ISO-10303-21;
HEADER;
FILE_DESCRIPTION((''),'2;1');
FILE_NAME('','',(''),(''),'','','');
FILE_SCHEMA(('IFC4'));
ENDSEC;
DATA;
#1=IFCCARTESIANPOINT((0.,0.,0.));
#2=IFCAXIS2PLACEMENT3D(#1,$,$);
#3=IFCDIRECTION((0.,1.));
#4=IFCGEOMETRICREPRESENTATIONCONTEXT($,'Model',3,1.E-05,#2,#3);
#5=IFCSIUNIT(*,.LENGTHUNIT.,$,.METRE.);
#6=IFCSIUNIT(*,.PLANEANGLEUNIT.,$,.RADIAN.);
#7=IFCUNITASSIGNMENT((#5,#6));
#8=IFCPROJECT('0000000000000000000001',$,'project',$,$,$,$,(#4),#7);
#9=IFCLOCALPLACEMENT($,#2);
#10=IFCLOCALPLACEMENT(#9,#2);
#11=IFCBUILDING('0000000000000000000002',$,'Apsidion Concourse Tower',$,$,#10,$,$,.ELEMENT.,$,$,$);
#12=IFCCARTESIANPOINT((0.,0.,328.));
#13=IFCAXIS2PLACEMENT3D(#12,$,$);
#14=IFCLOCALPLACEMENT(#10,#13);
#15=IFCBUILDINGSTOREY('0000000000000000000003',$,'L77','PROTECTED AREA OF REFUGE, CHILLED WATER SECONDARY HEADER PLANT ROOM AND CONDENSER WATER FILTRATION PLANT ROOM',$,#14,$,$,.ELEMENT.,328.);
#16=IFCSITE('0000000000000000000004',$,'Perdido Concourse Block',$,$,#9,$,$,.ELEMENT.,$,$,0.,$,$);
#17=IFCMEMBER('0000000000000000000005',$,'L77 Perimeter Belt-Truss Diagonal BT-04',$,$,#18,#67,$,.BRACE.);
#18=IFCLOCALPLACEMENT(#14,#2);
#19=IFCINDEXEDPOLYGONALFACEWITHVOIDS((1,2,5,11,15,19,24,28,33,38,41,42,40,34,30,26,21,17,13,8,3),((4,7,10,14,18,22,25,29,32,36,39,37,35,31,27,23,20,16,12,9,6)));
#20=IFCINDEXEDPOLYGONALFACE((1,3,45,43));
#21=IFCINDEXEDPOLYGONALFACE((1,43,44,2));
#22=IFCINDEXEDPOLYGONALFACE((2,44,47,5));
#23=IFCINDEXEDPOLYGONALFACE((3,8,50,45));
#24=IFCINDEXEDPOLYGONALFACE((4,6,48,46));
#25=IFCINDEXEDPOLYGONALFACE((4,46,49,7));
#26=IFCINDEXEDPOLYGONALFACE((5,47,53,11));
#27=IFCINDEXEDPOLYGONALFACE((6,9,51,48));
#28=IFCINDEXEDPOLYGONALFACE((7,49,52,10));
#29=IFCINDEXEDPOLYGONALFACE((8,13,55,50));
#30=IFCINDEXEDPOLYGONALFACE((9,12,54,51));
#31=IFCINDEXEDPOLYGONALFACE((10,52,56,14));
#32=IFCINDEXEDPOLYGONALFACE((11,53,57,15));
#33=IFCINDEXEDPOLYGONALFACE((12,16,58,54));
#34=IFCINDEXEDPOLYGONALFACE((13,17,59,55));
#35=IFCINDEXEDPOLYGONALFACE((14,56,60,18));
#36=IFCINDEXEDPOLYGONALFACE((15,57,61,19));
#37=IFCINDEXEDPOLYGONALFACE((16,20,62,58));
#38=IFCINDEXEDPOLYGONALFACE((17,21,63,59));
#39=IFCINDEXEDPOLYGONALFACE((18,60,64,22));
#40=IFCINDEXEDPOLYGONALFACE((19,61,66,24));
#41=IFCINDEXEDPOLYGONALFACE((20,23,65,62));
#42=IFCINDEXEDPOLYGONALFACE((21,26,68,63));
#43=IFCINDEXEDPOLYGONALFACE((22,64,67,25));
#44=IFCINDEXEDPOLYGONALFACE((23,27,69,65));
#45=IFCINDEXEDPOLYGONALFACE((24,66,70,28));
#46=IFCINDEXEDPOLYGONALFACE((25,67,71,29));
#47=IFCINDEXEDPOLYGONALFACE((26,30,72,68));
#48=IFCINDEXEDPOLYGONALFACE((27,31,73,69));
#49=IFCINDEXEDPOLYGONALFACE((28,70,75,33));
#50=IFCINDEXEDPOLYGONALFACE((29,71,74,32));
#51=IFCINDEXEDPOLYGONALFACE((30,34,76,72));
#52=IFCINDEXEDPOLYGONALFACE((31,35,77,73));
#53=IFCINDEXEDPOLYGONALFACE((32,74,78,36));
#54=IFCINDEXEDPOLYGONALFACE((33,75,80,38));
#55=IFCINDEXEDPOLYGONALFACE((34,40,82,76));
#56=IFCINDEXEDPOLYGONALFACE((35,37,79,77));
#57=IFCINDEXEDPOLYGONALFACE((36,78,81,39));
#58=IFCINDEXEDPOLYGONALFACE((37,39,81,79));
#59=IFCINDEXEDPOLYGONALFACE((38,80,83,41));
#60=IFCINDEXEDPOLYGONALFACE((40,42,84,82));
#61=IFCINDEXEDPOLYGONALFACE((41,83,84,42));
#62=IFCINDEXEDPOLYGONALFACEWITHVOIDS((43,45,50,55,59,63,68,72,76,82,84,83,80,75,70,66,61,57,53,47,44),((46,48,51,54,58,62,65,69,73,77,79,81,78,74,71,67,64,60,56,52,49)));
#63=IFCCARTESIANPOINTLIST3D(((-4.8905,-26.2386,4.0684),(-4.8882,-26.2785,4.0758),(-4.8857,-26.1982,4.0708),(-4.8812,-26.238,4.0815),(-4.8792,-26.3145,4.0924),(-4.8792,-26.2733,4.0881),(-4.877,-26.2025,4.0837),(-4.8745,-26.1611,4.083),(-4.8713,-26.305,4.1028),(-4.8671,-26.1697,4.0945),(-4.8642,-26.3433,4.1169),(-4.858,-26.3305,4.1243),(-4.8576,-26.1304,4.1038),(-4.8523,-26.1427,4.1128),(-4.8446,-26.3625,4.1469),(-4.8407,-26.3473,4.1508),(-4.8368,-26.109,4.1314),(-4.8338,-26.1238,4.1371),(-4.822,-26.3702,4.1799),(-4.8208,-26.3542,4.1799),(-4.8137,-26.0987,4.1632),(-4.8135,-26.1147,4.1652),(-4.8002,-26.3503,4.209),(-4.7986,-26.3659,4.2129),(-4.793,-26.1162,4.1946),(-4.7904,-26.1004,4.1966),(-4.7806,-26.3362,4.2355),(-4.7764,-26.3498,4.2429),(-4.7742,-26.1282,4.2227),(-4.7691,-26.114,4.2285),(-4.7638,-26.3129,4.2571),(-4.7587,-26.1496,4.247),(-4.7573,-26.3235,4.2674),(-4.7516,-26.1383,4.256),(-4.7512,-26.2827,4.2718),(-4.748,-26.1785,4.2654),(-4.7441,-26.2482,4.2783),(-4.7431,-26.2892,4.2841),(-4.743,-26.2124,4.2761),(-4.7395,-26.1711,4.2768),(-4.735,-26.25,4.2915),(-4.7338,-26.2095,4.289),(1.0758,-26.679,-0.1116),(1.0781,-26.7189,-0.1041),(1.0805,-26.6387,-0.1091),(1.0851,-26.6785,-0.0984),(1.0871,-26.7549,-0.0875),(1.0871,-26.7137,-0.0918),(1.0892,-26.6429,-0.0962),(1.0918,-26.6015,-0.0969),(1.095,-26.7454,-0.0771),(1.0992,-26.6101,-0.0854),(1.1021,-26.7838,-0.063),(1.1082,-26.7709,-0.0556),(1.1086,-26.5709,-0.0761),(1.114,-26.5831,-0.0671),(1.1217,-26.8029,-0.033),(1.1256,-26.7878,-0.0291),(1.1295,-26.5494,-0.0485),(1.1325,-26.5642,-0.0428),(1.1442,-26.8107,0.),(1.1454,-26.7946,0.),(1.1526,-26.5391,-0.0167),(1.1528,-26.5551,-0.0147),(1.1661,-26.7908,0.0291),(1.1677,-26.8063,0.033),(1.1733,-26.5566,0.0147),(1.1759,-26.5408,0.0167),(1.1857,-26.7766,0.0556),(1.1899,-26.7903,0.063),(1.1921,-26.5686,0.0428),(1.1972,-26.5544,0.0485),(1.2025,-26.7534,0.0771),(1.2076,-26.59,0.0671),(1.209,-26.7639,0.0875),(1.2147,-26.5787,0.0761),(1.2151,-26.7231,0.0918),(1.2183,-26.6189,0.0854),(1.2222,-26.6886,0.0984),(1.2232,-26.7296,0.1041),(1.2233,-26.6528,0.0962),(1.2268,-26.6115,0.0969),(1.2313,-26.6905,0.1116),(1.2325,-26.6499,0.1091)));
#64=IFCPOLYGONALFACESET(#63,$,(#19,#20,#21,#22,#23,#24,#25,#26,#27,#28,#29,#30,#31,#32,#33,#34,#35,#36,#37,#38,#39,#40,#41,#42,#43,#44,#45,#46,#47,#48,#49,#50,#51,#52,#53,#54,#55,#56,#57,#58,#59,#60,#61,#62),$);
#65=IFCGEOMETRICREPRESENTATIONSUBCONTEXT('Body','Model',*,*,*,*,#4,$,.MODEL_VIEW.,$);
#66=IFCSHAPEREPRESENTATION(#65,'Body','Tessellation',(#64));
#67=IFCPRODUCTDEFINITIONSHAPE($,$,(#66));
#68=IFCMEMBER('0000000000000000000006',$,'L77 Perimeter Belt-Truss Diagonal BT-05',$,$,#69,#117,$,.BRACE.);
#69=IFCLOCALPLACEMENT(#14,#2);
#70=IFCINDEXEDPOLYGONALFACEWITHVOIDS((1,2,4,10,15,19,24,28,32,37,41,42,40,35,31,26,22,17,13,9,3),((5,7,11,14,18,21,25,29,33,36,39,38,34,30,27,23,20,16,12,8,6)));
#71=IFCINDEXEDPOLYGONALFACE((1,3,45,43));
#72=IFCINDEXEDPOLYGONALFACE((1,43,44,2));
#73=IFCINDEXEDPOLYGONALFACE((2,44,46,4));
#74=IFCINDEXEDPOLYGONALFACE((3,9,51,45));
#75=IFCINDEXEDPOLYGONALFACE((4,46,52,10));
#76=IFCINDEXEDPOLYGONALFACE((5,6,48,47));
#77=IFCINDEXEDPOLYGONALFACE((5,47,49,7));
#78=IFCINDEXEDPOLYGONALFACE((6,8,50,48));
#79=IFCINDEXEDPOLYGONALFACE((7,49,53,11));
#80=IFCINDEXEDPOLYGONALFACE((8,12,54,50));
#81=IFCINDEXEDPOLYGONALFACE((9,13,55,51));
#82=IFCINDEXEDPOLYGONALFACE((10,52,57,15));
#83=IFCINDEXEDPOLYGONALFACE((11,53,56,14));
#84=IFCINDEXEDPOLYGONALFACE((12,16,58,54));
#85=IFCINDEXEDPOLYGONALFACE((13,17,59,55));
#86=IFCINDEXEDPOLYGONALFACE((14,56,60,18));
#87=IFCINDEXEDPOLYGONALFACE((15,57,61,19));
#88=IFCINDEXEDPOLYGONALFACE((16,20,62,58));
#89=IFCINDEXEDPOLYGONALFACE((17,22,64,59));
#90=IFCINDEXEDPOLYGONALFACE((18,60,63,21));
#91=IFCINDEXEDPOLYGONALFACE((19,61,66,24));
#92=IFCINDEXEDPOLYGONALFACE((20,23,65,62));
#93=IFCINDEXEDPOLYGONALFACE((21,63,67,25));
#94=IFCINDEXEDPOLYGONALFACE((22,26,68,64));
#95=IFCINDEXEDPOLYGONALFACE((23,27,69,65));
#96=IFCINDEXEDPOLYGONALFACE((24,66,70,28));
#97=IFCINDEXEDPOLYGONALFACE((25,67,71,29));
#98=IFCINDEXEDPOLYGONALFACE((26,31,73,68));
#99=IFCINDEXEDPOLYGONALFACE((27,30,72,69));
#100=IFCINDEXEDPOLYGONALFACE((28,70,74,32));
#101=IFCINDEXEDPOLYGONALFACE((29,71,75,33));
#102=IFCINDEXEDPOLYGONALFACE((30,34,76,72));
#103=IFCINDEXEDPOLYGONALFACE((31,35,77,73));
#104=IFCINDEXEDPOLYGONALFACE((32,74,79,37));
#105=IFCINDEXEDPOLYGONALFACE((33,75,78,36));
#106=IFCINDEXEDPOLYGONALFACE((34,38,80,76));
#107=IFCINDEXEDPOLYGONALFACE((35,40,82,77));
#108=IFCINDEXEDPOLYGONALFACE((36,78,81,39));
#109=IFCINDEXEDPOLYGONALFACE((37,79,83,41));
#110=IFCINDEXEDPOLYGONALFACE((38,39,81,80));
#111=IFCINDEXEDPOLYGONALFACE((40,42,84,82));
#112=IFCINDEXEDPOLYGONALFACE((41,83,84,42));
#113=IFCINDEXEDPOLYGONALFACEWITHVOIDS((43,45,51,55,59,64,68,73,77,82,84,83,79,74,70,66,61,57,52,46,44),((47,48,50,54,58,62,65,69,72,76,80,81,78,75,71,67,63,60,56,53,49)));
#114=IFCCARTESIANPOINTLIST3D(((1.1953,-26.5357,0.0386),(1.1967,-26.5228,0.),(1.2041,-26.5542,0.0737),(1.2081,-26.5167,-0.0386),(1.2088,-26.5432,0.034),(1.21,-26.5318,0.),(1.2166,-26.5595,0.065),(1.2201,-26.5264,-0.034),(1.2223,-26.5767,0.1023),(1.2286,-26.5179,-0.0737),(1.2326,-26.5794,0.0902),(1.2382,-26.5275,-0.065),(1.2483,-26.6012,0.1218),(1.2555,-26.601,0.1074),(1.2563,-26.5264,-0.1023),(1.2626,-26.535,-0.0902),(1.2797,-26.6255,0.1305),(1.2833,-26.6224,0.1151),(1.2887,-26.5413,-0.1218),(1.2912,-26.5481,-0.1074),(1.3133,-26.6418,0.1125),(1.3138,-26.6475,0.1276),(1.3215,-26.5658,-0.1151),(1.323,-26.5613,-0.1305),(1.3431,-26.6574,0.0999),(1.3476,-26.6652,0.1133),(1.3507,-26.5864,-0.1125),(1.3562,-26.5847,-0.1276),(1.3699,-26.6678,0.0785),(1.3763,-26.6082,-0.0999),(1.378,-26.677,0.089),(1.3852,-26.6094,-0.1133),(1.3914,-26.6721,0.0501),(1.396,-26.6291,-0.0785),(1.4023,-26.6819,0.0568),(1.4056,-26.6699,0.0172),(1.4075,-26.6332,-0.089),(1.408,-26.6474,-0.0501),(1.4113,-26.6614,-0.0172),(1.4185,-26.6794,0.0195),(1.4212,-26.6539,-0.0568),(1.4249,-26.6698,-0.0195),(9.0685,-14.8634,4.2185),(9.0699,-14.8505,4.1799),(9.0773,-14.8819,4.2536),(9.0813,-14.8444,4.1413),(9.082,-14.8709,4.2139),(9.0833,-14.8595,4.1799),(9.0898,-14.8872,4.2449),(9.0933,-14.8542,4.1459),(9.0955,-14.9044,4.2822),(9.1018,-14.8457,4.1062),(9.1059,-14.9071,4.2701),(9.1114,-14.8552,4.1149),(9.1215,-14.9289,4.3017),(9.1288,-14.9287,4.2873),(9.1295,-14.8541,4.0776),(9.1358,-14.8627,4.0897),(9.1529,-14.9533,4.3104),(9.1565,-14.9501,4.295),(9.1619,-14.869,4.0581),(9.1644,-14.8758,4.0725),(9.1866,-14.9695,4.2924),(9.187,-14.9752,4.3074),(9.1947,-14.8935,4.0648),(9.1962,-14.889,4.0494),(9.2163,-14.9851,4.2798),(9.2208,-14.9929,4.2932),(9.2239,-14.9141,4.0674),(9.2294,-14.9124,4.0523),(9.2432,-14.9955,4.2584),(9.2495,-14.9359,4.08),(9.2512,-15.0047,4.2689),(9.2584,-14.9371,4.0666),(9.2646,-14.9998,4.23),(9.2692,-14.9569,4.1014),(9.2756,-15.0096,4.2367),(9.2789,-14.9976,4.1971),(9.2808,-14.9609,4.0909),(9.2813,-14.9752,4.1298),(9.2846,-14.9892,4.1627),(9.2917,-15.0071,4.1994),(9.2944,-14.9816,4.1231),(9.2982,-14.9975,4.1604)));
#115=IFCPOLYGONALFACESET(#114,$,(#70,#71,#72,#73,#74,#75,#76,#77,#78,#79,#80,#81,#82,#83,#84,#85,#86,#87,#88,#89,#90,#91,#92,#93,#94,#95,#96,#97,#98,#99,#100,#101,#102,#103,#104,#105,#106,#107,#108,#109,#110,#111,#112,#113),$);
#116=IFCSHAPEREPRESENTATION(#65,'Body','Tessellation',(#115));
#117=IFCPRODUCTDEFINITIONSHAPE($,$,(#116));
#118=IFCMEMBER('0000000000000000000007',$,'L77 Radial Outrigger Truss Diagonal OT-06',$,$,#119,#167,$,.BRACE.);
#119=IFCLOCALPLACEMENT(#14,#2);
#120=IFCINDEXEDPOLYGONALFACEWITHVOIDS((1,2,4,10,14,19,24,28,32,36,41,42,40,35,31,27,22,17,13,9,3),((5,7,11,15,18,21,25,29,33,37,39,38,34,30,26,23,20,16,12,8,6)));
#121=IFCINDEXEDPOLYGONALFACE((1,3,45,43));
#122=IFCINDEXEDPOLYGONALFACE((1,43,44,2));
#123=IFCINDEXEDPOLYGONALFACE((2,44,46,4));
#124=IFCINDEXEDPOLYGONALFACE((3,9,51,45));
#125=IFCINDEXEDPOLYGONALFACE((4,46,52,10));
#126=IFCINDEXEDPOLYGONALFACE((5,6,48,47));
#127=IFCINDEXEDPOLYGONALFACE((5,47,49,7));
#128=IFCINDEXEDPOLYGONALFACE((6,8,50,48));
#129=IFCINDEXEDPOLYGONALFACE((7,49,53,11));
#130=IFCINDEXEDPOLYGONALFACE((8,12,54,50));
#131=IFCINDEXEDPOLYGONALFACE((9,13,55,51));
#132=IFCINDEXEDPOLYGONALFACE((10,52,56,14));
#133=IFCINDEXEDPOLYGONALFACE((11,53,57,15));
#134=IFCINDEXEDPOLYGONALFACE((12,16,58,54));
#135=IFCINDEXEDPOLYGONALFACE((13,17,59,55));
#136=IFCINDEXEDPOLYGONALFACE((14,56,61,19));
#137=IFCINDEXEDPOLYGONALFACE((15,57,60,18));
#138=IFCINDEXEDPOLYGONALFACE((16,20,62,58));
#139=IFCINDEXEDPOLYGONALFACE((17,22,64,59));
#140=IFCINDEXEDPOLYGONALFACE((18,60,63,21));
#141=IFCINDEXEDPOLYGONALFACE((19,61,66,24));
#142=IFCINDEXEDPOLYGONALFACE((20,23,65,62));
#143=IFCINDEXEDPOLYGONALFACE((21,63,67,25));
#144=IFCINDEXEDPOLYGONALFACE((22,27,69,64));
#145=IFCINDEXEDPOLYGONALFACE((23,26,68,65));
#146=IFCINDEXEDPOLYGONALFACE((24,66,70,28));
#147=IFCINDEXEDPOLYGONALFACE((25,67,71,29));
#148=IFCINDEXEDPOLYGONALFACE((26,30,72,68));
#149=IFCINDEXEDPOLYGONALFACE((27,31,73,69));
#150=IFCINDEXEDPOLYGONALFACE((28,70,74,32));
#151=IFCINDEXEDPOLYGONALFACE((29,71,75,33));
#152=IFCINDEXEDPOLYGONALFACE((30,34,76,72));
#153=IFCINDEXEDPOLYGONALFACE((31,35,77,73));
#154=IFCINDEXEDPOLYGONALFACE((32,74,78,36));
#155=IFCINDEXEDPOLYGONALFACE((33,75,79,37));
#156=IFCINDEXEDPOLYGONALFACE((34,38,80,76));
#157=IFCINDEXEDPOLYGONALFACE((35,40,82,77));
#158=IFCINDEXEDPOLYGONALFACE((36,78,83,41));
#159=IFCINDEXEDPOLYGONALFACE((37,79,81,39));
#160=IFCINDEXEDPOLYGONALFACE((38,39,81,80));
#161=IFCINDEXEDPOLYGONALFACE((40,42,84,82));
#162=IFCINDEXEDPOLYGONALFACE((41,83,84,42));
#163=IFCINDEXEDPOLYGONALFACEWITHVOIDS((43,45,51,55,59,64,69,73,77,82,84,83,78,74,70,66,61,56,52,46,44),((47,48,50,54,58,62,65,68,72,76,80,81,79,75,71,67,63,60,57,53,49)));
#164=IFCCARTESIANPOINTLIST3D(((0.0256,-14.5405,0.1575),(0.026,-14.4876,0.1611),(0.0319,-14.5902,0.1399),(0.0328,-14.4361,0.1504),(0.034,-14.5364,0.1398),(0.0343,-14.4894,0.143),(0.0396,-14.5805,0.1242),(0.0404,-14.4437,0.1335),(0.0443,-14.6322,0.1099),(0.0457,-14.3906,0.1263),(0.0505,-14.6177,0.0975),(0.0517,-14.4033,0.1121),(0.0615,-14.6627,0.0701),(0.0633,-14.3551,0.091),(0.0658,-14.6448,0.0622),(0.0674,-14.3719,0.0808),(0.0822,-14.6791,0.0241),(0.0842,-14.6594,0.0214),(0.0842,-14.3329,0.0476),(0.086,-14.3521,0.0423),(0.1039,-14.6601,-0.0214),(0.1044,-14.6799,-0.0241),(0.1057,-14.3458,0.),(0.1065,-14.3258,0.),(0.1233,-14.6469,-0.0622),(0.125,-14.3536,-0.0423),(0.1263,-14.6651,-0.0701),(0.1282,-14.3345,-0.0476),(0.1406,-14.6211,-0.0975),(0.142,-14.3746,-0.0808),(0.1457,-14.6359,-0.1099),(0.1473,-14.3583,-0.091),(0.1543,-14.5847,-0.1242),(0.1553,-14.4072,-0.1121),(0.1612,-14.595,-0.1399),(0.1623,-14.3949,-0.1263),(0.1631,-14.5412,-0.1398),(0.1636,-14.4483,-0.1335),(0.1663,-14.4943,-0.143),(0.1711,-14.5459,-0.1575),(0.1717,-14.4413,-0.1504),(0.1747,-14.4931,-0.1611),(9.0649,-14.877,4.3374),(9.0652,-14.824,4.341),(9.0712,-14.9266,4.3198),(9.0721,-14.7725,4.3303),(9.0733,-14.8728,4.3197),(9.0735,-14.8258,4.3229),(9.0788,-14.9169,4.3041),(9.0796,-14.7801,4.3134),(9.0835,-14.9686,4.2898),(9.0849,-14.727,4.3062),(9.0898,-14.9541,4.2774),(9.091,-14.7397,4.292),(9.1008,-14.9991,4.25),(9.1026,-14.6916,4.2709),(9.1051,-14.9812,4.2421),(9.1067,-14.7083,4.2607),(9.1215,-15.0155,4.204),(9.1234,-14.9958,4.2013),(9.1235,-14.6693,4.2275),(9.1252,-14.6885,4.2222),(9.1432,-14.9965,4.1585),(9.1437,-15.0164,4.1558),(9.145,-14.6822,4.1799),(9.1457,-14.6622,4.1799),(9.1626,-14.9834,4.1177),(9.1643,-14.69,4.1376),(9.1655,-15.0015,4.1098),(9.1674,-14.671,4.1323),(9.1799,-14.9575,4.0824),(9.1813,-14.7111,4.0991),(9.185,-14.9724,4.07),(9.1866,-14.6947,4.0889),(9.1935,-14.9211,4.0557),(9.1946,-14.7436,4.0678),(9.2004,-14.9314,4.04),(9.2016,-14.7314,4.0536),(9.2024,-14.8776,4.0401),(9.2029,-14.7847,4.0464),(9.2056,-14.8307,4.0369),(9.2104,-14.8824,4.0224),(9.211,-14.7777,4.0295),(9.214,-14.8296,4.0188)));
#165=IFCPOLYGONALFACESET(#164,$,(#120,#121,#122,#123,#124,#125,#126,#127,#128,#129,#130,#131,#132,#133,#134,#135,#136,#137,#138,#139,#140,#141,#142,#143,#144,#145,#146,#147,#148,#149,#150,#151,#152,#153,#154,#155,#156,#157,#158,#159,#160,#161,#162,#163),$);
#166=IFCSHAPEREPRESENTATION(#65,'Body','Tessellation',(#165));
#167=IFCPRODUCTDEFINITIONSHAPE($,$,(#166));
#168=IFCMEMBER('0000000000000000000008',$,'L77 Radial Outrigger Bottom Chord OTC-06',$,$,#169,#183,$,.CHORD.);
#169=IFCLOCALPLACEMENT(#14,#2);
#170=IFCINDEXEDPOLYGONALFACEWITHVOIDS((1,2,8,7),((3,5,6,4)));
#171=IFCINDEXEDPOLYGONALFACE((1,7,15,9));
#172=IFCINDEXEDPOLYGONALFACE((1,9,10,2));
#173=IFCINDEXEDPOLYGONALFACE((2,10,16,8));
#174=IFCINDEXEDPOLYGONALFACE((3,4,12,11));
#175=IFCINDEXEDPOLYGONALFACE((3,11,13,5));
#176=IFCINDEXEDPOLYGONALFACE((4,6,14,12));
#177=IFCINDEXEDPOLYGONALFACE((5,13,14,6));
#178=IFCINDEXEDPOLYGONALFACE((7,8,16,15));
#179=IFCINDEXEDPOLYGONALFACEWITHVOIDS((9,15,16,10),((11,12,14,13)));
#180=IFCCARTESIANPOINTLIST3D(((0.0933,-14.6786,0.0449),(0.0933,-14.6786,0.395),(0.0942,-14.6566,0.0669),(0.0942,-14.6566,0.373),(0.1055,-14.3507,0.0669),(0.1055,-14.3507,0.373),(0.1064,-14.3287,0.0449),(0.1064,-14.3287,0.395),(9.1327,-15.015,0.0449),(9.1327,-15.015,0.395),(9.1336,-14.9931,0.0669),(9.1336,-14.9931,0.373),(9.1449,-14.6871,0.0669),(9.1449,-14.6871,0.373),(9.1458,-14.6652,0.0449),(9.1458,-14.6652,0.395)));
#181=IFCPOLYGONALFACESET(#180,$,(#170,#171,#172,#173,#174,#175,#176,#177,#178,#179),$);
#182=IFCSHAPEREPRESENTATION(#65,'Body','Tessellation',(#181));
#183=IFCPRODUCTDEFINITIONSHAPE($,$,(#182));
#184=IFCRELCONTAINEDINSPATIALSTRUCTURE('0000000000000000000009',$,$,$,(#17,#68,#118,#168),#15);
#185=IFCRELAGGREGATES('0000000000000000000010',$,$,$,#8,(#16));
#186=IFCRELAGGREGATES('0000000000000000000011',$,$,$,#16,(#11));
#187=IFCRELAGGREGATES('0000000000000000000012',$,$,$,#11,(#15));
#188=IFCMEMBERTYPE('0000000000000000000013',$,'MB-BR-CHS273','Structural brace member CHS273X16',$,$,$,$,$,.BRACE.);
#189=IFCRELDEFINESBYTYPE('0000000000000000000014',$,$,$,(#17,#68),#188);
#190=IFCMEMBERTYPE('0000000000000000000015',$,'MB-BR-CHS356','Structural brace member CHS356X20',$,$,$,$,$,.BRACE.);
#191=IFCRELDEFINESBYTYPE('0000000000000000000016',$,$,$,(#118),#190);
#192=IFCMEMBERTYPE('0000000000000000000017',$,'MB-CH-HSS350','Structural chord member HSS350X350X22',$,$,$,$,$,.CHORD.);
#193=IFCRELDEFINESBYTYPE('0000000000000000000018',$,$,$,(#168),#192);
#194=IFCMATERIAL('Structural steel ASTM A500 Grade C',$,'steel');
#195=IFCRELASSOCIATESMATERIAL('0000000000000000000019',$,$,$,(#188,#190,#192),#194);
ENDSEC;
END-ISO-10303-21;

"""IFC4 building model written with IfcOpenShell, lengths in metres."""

from ifc_helpers import new_model, si_unit, direction, frame, origin, origin_2d, place, context, subcontext, project, spatial, hollow_rectangle, hollow_circle, extrude, material, material_profile, profile_set, type_object, element, save


model = new_model("IFC4")

# Units and contexts
model_context = context("Model", 3, precision=1e-05, world=origin(), true_north=direction((0.0, 1.0)))
body_context = subcontext(model_context, "Body", "Model", "MODEL_VIEW")
ifc_project = project(units=[si_unit("LENGTHUNIT", "METRE"), si_unit("PLANEANGLEUNIT", "RADIAN")], contexts=[model_context])

# Site, building, storey
site_placement = place(None, origin())
site = spatial("IfcSite", under=ifc_project, at=site_placement, Name="Perdido Concourse Block", CompositionType="ELEMENT", RefElevation=0.0)
building_placement = place(site_placement, origin())
building = spatial("IfcBuilding", under=site, at=building_placement, Name="Apsidion Concourse Tower", CompositionType="ELEMENT")
storey_placement = place(building_placement, frame((0.0, 0.0, 328.0)))
storey = spatial("IfcBuildingStorey", under=building, at=storey_placement, Name="L77", Description="PROTECTED AREA OF REFUGE, CHILLED WATER SECONDARY HEADER PLANT ROOM AND CONDENSER WATER FILTRATION PLANT ROOM", CompositionType="ELEMENT", Elevation=328.0)

# Members
ifc_material_1 = material(Name="Structural steel ASTM A500 Grade C", Category="steel")
ifc_material_profile_1 = material_profile(ifc_material_1, hollow_circle(Radius=0.1365, WallThickness=0.0161, at=origin_2d()), Name="CHS273X16")
ifc_profile_set_1 = profile_set([ifc_material_profile_1], Name="Structural steel ASTM A500 Grade C")
member_type_1 = type_object("IfcMemberType", Name="MB-BR-CHS273", Description="Structural brace member CHS273X16", PredefinedType="BRACE", material=ifc_profile_set_1)
member_1_placement = place(storey_placement, frame((1.1543, -26.6746, 0.0), z_axis=(-0.817512, 0.060348, 0.57274), x_axis=(-0.073619, -0.997286, 0.0)))
element("IfcMember", 1, at=member_1_placement, inside=storey, type_object=member_type_1, Name="L77 Perimeter Belt-Truss Diagonal BT-04", PredefinedType="BRACE", context=body_context, shape_type="SweptSolid", body=[
    extrude(hollow_circle(Radius=0.1365, WallThickness=0.0161, at=origin_2d()), origin(), (0.0, 0.0, 1.0), 7.2981),
])
member_2_placement = place(storey_placement, frame((1.3098, -26.5991, 0.0), z_axis=(0.536076, 0.794747, 0.284603), x_axis=(-0.829032, 0.559202, 0.0)))
element("IfcMember", 2, at=member_2_placement, inside=storey, type_object=member_type_1, Name="L77 Perimeter Belt-Truss Diagonal BT-05", PredefinedType="BRACE", context=body_context, shape_type="SweptSolid", body=[
    extrude(hollow_circle(Radius=0.1365, WallThickness=0.0161, at=origin_2d()), origin(), (0.0, 0.0, 1.0), 14.6868),
])
ifc_material_profile_2 = material_profile(ifc_material_1, hollow_circle(Radius=0.178, WallThickness=0.02, at=origin_2d()), Name="CHS356X20")
ifc_profile_set_2 = profile_set([ifc_material_profile_2], Name="Structural steel ASTM A500 Grade C")
member_type_2 = type_object("IfcMemberType", Name="MB-BR-CHS356", Description="Structural brace member CHS356X20", PredefinedType="BRACE", material=ifc_profile_set_2)
member_3_placement = place(storey_placement, frame((0.0999, -14.5037, 0.0), z_axis=(0.907138, -0.033762, 0.419476), x_axis=(0.037192, 0.999308, 0.0)))
element("IfcMember", 3, at=member_3_placement, inside=storey, type_object=member_type_2, Name="L77 Radial Outrigger Truss Diagonal OT-06", PredefinedType="BRACE", context=body_context, shape_type="SweptSolid", body=[
    extrude(hollow_circle(Radius=0.178, WallThickness=0.02, at=origin_2d()), origin(), (0.0, 0.0, 1.0), 9.9646),
])
ifc_material_profile_3 = material_profile(ifc_material_1, hollow_rectangle(XDim=0.3501, YDim=0.3501, WallThickness=0.022, at=origin_2d()), Name="HSS350X350X22")
ifc_profile_set_3 = profile_set([ifc_material_profile_3], Name="Structural steel ASTM A500 Grade C")
member_type_3 = type_object("IfcMemberType", Name="MB-CH-HSS350", Description="Structural chord member HSS350X350X22", PredefinedType="CHORD", material=ifc_profile_set_3)
member_4_placement = place(storey_placement, frame((0.0999, -14.5037, 0.22), z_axis=(0.999308, -0.037192, 0.0), x_axis=(0.037192, 0.999308, 0.0)))
element("IfcMember", 4, at=member_4_placement, inside=storey, type_object=member_type_3, Name="L77 Radial Outrigger Bottom Chord OTC-06", PredefinedType="CHORD", context=body_context, shape_type="SweptSolid", body=[
    extrude(hollow_rectangle(XDim=0.3501, YDim=0.3501, WallThickness=0.022, at=origin_2d()), origin(), (0.0, 0.0, 1.0), 9.0457),
])

save(model, "model.ifc")
